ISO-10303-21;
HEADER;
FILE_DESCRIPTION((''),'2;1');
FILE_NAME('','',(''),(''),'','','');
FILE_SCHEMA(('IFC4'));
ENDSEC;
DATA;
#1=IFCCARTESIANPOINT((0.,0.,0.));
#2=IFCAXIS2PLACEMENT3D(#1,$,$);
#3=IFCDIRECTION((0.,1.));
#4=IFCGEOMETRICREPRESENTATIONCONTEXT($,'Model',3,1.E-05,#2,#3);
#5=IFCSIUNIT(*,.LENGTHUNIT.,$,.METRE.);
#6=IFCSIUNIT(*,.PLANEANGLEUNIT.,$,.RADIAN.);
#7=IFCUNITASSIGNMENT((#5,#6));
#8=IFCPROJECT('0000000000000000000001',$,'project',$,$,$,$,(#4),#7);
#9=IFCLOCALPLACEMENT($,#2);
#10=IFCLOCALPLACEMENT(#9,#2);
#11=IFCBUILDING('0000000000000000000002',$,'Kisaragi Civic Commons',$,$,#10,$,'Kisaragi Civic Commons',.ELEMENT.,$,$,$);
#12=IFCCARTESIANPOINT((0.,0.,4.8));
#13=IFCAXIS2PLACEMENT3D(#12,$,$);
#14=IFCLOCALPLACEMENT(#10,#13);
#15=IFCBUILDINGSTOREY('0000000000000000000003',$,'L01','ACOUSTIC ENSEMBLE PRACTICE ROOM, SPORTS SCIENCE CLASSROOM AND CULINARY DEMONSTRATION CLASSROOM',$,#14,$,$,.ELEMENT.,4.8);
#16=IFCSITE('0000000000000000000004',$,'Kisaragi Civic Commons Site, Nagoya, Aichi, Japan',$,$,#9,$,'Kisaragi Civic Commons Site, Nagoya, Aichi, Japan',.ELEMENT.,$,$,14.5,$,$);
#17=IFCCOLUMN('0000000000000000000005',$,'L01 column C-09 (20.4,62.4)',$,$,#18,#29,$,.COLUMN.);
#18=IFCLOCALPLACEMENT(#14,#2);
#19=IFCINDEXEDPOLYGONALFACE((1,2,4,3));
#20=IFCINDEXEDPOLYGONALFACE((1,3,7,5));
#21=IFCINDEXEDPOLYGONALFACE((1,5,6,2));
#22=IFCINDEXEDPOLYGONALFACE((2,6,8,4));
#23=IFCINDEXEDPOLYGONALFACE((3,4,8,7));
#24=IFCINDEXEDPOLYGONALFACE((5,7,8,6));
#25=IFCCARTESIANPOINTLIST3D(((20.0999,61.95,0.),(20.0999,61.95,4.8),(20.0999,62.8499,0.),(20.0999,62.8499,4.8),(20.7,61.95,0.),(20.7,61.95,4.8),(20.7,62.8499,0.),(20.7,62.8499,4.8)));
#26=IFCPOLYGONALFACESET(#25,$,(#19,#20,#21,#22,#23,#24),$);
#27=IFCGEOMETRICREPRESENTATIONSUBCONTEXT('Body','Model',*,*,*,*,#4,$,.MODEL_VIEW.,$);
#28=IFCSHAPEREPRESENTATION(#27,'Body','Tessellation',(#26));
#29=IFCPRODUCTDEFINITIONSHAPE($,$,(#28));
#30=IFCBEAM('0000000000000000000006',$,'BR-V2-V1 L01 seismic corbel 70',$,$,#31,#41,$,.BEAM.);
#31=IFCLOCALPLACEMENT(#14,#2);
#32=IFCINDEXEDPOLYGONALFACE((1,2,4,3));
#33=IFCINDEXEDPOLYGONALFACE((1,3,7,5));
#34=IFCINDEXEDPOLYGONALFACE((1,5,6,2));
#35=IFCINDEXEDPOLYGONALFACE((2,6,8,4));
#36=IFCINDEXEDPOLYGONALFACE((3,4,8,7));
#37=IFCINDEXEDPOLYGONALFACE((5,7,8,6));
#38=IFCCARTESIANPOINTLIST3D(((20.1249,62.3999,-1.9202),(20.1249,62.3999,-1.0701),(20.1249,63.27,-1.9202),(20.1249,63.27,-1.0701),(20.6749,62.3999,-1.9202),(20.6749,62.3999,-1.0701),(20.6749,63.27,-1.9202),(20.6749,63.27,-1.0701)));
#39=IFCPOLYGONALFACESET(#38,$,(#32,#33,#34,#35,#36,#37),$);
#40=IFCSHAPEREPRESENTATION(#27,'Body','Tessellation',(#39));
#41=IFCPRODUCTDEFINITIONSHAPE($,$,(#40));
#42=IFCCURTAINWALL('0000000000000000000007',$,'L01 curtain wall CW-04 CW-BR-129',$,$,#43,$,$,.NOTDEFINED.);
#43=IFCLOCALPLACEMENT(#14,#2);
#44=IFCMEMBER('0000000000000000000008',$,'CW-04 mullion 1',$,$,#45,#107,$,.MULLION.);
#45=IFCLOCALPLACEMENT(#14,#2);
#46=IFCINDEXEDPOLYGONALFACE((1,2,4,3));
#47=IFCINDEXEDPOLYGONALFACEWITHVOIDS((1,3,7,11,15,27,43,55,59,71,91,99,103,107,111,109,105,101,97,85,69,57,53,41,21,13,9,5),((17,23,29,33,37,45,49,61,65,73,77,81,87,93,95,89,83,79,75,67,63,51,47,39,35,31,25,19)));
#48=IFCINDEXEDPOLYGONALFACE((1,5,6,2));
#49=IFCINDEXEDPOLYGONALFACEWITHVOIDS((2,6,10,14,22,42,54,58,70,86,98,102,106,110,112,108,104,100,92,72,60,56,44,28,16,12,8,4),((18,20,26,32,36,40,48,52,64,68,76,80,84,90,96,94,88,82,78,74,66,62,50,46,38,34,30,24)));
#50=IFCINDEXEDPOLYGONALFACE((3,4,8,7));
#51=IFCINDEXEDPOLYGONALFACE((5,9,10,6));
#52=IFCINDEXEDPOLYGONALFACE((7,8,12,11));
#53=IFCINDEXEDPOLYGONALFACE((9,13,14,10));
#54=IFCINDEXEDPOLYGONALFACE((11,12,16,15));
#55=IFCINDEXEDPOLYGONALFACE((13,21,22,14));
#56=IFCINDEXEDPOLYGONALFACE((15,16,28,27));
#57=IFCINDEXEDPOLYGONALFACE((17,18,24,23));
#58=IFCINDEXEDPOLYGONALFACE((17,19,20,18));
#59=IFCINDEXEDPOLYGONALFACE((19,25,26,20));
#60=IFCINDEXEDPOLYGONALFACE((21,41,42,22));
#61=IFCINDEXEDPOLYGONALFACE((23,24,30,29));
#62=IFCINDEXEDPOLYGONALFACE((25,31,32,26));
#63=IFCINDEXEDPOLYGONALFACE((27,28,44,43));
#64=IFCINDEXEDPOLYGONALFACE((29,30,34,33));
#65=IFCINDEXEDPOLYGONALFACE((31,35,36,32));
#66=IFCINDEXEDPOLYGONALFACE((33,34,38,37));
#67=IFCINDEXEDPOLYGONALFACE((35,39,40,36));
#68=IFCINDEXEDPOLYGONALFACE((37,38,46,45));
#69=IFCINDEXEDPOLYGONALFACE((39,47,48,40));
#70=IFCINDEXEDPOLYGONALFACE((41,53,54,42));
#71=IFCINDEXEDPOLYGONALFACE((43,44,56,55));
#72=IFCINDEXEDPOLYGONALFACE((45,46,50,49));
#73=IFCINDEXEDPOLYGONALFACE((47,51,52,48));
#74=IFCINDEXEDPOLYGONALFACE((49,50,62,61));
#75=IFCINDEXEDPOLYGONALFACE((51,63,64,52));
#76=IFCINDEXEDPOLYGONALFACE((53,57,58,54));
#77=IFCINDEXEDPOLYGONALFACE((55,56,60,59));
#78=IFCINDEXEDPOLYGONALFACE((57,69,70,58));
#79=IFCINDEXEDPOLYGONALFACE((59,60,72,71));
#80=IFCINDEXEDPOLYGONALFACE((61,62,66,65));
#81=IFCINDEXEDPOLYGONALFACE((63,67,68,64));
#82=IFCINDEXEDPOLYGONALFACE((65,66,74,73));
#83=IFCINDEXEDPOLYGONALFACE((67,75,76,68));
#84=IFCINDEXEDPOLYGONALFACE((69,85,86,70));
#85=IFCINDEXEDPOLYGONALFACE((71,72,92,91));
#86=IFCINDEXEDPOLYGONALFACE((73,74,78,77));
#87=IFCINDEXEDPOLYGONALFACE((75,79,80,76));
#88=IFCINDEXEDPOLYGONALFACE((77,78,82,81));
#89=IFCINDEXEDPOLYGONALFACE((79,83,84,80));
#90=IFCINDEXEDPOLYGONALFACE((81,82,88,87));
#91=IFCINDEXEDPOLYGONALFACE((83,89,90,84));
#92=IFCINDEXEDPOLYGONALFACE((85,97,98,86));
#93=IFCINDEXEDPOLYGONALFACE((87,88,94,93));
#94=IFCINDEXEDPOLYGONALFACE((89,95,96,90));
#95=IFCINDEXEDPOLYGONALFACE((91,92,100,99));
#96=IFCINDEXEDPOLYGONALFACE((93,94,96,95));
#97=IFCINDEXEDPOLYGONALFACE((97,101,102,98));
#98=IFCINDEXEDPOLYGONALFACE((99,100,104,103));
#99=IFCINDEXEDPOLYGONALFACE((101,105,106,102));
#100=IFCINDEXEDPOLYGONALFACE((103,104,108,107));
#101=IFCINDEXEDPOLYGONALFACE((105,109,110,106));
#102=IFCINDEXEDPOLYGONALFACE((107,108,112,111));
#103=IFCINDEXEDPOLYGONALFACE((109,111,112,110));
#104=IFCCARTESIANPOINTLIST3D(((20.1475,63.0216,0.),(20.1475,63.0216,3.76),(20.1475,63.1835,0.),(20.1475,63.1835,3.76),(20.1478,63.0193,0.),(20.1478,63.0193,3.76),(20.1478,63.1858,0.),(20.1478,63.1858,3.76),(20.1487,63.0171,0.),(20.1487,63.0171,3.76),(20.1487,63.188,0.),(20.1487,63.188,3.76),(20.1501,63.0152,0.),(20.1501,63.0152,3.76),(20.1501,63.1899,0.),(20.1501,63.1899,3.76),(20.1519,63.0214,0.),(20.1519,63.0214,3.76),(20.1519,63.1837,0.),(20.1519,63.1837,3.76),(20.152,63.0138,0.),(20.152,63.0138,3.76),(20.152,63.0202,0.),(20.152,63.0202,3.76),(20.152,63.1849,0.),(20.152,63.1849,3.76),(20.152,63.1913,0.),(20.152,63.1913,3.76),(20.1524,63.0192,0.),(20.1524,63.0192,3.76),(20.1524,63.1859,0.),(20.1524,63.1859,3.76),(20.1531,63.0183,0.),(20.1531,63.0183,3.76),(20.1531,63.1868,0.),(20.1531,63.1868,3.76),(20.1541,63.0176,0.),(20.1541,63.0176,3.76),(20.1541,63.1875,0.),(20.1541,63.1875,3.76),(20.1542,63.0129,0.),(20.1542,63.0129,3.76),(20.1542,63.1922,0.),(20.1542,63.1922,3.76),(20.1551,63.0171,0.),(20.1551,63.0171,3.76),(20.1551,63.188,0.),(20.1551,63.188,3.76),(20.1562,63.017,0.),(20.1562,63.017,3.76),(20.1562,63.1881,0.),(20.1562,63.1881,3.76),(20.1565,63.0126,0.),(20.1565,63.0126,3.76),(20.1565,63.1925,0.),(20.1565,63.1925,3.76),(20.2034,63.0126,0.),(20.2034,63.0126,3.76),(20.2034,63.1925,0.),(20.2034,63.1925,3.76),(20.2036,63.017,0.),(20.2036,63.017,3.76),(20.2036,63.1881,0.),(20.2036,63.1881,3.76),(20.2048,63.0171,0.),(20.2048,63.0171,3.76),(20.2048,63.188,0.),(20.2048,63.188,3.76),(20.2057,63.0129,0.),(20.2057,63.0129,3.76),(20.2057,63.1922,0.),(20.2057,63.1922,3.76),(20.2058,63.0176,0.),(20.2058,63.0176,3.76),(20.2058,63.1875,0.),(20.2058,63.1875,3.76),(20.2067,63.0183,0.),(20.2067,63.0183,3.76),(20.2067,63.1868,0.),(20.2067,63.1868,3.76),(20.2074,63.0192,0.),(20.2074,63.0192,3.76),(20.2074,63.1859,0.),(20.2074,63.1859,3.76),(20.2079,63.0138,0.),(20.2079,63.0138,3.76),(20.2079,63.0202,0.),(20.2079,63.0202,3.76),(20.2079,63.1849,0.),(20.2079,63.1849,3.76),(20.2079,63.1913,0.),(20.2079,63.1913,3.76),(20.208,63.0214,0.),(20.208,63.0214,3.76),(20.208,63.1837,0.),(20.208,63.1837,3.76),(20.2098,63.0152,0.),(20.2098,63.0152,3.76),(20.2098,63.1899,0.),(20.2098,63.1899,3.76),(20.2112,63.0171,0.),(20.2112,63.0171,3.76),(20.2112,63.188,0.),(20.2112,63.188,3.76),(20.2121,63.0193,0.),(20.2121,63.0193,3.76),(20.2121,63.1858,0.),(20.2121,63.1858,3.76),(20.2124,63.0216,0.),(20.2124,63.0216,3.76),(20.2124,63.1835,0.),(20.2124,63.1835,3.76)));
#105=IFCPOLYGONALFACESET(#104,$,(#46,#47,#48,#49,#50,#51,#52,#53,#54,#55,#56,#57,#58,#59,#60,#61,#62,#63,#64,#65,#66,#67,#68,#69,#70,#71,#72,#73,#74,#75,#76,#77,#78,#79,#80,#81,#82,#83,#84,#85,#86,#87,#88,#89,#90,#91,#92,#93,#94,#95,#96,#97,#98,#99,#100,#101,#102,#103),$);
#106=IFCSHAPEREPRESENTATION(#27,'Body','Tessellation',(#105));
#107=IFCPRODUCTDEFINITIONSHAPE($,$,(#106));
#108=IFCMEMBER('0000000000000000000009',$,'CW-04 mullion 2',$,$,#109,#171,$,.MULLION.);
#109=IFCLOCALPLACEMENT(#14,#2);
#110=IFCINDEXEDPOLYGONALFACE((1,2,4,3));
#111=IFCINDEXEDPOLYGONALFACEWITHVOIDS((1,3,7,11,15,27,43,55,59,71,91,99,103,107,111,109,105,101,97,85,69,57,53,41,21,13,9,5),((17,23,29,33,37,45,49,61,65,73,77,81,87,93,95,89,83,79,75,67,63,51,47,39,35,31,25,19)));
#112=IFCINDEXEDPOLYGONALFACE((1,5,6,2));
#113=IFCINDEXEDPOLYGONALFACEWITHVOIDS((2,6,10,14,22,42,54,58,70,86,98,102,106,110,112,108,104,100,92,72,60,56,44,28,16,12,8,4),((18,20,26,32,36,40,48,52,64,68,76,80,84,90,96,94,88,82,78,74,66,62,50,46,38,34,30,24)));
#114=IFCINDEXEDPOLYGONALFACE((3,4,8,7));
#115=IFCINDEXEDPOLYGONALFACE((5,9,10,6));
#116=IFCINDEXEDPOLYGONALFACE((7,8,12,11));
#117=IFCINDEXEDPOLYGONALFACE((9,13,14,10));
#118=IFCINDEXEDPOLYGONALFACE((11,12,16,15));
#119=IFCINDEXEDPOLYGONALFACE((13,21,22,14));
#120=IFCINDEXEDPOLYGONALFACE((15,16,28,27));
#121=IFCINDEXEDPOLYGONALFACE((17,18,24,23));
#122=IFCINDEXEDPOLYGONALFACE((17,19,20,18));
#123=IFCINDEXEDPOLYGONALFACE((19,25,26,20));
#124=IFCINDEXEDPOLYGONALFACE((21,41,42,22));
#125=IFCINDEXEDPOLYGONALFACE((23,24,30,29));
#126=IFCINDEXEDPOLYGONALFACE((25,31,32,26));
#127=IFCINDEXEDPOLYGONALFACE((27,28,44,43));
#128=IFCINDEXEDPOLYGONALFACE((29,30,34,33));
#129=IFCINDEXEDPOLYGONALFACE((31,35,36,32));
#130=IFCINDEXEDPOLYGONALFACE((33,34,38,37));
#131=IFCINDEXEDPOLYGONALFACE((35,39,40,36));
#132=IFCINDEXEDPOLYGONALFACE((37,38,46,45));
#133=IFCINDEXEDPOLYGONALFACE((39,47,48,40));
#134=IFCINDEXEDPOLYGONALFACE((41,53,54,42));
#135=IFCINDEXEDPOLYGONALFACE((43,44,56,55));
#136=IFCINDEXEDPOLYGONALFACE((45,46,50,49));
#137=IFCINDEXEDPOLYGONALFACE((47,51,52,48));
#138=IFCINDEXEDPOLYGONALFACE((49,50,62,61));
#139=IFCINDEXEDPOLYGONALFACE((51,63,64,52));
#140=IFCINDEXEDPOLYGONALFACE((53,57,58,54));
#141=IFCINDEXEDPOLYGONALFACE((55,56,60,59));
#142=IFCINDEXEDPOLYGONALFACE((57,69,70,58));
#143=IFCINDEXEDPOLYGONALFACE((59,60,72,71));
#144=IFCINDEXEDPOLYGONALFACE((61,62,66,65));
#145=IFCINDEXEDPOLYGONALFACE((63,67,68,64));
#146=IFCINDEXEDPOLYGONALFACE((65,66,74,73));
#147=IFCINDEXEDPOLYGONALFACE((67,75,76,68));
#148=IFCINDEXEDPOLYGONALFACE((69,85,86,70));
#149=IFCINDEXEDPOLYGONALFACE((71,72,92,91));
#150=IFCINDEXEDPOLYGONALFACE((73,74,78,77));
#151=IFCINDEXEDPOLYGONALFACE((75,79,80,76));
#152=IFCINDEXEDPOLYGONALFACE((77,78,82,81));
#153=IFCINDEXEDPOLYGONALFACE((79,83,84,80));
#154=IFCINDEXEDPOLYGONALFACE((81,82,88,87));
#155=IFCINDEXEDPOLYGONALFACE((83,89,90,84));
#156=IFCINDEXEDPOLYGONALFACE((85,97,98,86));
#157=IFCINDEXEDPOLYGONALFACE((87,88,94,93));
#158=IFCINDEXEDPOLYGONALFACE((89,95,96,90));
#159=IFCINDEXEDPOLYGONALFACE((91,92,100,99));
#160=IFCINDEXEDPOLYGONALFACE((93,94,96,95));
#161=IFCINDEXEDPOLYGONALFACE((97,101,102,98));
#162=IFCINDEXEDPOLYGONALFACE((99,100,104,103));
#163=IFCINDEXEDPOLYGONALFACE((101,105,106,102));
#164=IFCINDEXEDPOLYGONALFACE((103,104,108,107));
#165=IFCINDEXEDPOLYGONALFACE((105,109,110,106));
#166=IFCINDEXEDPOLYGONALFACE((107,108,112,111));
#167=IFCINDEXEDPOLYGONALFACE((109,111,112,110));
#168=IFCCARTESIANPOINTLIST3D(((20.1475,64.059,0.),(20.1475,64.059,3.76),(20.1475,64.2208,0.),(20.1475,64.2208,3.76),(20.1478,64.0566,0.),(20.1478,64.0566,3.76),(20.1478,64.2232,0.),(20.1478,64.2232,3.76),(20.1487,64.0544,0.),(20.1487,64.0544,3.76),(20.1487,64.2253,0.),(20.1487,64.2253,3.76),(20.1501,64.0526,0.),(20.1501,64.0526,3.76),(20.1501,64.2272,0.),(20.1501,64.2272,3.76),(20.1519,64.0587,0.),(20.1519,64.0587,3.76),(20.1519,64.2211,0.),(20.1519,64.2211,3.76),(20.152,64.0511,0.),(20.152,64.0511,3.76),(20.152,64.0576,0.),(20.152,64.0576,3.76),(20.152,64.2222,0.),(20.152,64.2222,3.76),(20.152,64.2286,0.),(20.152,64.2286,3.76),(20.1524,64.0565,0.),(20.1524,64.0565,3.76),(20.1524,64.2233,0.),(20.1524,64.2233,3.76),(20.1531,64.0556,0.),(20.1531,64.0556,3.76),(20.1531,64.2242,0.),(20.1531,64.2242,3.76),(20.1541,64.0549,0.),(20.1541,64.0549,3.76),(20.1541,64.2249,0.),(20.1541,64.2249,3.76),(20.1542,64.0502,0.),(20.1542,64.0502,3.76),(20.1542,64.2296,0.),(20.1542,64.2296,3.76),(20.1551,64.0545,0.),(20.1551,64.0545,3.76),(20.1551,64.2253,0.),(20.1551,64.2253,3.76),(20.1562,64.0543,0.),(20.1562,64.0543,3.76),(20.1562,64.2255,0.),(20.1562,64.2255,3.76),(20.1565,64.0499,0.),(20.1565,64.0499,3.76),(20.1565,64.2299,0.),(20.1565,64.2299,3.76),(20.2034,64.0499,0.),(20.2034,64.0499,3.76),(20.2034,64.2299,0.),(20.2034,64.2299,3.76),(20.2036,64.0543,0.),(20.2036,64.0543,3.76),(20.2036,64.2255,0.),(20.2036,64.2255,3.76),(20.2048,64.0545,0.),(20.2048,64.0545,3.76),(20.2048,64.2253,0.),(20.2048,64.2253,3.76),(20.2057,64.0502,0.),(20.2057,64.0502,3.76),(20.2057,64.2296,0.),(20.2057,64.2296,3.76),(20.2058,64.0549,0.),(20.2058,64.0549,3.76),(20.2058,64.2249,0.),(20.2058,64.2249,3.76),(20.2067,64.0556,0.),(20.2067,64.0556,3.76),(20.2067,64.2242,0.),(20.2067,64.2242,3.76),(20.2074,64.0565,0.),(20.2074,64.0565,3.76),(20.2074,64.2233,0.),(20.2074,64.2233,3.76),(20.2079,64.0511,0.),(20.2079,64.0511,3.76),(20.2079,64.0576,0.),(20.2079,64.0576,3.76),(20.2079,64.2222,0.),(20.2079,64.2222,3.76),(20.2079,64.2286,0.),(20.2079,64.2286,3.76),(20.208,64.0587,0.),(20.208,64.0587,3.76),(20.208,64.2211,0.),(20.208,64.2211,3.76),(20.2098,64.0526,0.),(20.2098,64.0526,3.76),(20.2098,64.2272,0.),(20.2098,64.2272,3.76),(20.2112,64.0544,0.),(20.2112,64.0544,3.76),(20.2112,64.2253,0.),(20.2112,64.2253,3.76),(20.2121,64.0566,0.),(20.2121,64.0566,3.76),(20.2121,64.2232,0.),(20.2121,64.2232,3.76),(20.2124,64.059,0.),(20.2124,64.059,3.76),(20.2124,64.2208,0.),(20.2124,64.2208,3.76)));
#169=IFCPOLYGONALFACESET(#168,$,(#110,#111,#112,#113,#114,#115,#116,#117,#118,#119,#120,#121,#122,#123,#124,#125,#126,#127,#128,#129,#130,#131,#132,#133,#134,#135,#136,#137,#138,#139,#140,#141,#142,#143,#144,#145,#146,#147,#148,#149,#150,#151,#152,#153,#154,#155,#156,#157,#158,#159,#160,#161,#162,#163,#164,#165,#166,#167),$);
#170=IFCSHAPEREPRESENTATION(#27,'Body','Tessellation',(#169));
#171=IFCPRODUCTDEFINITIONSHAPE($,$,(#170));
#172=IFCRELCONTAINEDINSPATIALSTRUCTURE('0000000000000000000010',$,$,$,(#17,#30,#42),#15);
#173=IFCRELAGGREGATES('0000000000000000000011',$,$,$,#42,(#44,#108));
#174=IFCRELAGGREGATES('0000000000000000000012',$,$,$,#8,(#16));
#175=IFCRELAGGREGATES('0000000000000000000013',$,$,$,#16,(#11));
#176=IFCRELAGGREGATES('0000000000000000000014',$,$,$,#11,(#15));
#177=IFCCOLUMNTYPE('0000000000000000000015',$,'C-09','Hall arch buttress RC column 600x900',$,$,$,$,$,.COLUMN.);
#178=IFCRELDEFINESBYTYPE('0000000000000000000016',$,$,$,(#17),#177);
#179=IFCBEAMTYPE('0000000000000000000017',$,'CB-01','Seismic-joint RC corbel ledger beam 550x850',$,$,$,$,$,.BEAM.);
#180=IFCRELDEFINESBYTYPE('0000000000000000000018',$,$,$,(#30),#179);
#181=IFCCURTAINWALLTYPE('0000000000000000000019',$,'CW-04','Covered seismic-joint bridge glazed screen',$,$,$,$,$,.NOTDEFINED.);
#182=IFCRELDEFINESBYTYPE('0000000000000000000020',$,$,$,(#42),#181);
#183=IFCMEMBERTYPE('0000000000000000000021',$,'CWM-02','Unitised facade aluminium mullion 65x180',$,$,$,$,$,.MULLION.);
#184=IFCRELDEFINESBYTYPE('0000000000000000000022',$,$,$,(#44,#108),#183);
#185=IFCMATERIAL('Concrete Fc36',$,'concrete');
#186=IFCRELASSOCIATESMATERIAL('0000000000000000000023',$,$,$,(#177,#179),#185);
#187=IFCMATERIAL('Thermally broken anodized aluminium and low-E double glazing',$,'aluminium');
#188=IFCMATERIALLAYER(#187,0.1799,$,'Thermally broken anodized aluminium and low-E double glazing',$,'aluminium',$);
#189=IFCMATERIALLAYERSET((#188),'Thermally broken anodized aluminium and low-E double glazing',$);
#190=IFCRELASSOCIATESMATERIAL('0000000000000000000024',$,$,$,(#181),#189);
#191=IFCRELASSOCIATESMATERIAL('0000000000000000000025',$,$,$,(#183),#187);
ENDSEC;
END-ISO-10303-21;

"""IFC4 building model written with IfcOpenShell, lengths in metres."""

from ifc_helpers import new_model, si_unit, direction, frame, origin, origin_2d, place, context, subcontext, project, spatial, rectangle, hollow_rectangle, extrude, material, layer, layer_set, material_profile, profile_set, type_object, element, aggregate, save


model = new_model("IFC4")

# Units and contexts
model_context = context("Model", 3, precision=1e-05, world=origin(), true_north=direction((0.0, 1.0)))
body_context = subcontext(model_context, "Body", "Model", "MODEL_VIEW")
ifc_project = project(units=[si_unit("LENGTHUNIT", "METRE"), si_unit("PLANEANGLEUNIT", "RADIAN")], contexts=[model_context])

# Site, building, storey
site_placement = place(None, origin())
site = spatial("IfcSite", under=ifc_project, at=site_placement, Name="Kisaragi Civic Commons Site, Nagoya, Aichi, Japan", LongName="Kisaragi Civic Commons Site, Nagoya, Aichi, Japan", CompositionType="ELEMENT", RefElevation=14.5)
building_placement = place(site_placement, origin())
building = spatial("IfcBuilding", under=site, at=building_placement, Name="Kisaragi Civic Commons", LongName="Kisaragi Civic Commons", CompositionType="ELEMENT")
storey_placement = place(building_placement, frame((0.0, 0.0, 4.8)))
storey = spatial("IfcBuildingStorey", under=building, at=storey_placement, Name="L01", Description="ACOUSTIC ENSEMBLE PRACTICE ROOM, SPORTS SCIENCE CLASSROOM AND CULINARY DEMONSTRATION CLASSROOM", CompositionType="ELEMENT", Elevation=4.8)

# Column
ifc_material_1 = material(Name="Concrete Fc36", Category="concrete")
ifc_material_profile_1 = material_profile(ifc_material_1, rectangle(XDim=0.6001, YDim=0.8999, at=origin_2d()), Name="RC-600x900", Category="concrete")
ifc_profile_set_1 = profile_set([ifc_material_profile_1], Name="Concrete Fc36")
column_type = type_object("IfcColumnType", Name="C-09", Description="Hall arch buttress RC column 600x900", PredefinedType="COLUMN", material=ifc_profile_set_1)
column_placement = place(storey_placement, frame((20.3999, 62.3999, 0.0), z_axis=(0.0, 0.0, 1.0), x_axis=(1.0, 0.0, 0.0)))
element("IfcColumn", 1, at=column_placement, inside=storey, type_object=column_type, Name="L01 column C-09 (20.4,62.4)", PredefinedType="COLUMN", context=body_context, shape_type="SweptSolid", body=[
    extrude(rectangle(XDim=0.6001, YDim=0.8999, at=origin_2d()), origin(), (0.0, 0.0, 1.0), 4.8),
])

# Beam
ifc_material_profile_2 = material_profile(ifc_material_1, rectangle(XDim=0.55, YDim=0.8501, at=origin_2d()), Name="RC-550x850", Category="concrete")
ifc_profile_set_2 = profile_set([ifc_material_profile_2], Name="Concrete Fc36")
beam_type_1 = type_object("IfcBeamType", Name="CB-01", Description="Seismic-joint RC corbel ledger beam 550x850", PredefinedType="BEAM", material=ifc_profile_set_2)
beam_1_placement = place(storey_placement, frame((20.3999, 62.3999, -1.4951), z_axis=(0.0, 1.0, 0.0), x_axis=(-1.0, 0.0, 0.0)))
element("IfcBeam", 2, at=beam_1_placement, inside=storey, type_object=beam_type_1, Name="BR-V2-V1 L01 seismic corbel 70", PredefinedType="BEAM", context=body_context, shape_type="SweptSolid", body=[
    extrude(rectangle(XDim=0.55, YDim=0.8501, at=origin_2d()), origin(), (0.0, 0.0, 1.0), 0.8701),
])

# Curtain wall, members
ifc_material_2 = material(Name="Thermally broken anodized aluminium and low-E double glazing", Category="aluminium")
ifc_layer_1 = layer(ifc_material_2, 0.1799, Name="Thermally broken anodized aluminium and low-E double glazing", Category="aluminium")
ifc_layer_set_1 = layer_set([ifc_layer_1], Name="Thermally broken anodized aluminium and low-E double glazing")
curtain_wall_type = type_object("IfcCurtainWallType", Name="CW-04", Description="Covered seismic-joint bridge glazed screen", PredefinedType="NOTDEFINED", material=ifc_layer_set_1)
curtain_wall_placement = place(storey_placement, origin())
curtain_wall = element("IfcCurtainWall", 3, at=curtain_wall_placement, inside=storey, type_object=curtain_wall_type, Name="L01 curtain wall CW-04 CW-BR-129", PredefinedType="NOTDEFINED")
ifc_material_profile_3 = material_profile(ifc_material_2, hollow_rectangle(XDim=0.0649, YDim=0.1799, WallThickness=0.0044, InnerFilletRadius=0.0044, OuterFilletRadius=0.009, at=origin_2d()), Name="CWM-65x180x4.5", Category="aluminium")
ifc_profile_set_3 = profile_set([ifc_material_profile_3], Name="Thermally broken anodized aluminium and low-E double glazing")
member_type_1 = type_object("IfcMemberType", Name="CWM-02", Description="Unitised facade aluminium mullion 65x180", PredefinedType="MULLION", material=ifc_profile_set_3)
member_1_placement = place(storey_placement, frame((20.1799, 63.1025, 0.0), z_axis=(0.0, 0.0, 1.0), x_axis=(-1.0, 0.0, 0.0)))
member_1 = element("IfcMember", 4, at=member_1_placement, type_object=member_type_1, Name="CW-04 mullion 1", PredefinedType="MULLION", context=body_context, shape_type="SweptSolid", body=[
    extrude(hollow_rectangle(XDim=0.0649, YDim=0.1799, WallThickness=0.0044, InnerFilletRadius=0.0044, OuterFilletRadius=0.009, at=origin_2d()), origin(), (0.0, 0.0, 1.0), 3.76),
])
member_2_placement = place(storey_placement, frame((20.1799, 64.1399, 0.0), z_axis=(0.0, 0.0, 1.0), x_axis=(-1.0, 0.0, 0.0)))
member_2 = element("IfcMember", 5, at=member_2_placement, type_object=member_type_1, Name="CW-04 mullion 2", PredefinedType="MULLION", context=body_context, shape_type="SweptSolid", body=[
    extrude(hollow_rectangle(XDim=0.0649, YDim=0.1799, WallThickness=0.0044, InnerFilletRadius=0.0044, OuterFilletRadius=0.009, at=origin_2d()), origin(), (0.0, 0.0, 1.0), 3.76),
])

aggregate(curtain_wall, [member_1, member_2])

save(model, "model.ifc")
